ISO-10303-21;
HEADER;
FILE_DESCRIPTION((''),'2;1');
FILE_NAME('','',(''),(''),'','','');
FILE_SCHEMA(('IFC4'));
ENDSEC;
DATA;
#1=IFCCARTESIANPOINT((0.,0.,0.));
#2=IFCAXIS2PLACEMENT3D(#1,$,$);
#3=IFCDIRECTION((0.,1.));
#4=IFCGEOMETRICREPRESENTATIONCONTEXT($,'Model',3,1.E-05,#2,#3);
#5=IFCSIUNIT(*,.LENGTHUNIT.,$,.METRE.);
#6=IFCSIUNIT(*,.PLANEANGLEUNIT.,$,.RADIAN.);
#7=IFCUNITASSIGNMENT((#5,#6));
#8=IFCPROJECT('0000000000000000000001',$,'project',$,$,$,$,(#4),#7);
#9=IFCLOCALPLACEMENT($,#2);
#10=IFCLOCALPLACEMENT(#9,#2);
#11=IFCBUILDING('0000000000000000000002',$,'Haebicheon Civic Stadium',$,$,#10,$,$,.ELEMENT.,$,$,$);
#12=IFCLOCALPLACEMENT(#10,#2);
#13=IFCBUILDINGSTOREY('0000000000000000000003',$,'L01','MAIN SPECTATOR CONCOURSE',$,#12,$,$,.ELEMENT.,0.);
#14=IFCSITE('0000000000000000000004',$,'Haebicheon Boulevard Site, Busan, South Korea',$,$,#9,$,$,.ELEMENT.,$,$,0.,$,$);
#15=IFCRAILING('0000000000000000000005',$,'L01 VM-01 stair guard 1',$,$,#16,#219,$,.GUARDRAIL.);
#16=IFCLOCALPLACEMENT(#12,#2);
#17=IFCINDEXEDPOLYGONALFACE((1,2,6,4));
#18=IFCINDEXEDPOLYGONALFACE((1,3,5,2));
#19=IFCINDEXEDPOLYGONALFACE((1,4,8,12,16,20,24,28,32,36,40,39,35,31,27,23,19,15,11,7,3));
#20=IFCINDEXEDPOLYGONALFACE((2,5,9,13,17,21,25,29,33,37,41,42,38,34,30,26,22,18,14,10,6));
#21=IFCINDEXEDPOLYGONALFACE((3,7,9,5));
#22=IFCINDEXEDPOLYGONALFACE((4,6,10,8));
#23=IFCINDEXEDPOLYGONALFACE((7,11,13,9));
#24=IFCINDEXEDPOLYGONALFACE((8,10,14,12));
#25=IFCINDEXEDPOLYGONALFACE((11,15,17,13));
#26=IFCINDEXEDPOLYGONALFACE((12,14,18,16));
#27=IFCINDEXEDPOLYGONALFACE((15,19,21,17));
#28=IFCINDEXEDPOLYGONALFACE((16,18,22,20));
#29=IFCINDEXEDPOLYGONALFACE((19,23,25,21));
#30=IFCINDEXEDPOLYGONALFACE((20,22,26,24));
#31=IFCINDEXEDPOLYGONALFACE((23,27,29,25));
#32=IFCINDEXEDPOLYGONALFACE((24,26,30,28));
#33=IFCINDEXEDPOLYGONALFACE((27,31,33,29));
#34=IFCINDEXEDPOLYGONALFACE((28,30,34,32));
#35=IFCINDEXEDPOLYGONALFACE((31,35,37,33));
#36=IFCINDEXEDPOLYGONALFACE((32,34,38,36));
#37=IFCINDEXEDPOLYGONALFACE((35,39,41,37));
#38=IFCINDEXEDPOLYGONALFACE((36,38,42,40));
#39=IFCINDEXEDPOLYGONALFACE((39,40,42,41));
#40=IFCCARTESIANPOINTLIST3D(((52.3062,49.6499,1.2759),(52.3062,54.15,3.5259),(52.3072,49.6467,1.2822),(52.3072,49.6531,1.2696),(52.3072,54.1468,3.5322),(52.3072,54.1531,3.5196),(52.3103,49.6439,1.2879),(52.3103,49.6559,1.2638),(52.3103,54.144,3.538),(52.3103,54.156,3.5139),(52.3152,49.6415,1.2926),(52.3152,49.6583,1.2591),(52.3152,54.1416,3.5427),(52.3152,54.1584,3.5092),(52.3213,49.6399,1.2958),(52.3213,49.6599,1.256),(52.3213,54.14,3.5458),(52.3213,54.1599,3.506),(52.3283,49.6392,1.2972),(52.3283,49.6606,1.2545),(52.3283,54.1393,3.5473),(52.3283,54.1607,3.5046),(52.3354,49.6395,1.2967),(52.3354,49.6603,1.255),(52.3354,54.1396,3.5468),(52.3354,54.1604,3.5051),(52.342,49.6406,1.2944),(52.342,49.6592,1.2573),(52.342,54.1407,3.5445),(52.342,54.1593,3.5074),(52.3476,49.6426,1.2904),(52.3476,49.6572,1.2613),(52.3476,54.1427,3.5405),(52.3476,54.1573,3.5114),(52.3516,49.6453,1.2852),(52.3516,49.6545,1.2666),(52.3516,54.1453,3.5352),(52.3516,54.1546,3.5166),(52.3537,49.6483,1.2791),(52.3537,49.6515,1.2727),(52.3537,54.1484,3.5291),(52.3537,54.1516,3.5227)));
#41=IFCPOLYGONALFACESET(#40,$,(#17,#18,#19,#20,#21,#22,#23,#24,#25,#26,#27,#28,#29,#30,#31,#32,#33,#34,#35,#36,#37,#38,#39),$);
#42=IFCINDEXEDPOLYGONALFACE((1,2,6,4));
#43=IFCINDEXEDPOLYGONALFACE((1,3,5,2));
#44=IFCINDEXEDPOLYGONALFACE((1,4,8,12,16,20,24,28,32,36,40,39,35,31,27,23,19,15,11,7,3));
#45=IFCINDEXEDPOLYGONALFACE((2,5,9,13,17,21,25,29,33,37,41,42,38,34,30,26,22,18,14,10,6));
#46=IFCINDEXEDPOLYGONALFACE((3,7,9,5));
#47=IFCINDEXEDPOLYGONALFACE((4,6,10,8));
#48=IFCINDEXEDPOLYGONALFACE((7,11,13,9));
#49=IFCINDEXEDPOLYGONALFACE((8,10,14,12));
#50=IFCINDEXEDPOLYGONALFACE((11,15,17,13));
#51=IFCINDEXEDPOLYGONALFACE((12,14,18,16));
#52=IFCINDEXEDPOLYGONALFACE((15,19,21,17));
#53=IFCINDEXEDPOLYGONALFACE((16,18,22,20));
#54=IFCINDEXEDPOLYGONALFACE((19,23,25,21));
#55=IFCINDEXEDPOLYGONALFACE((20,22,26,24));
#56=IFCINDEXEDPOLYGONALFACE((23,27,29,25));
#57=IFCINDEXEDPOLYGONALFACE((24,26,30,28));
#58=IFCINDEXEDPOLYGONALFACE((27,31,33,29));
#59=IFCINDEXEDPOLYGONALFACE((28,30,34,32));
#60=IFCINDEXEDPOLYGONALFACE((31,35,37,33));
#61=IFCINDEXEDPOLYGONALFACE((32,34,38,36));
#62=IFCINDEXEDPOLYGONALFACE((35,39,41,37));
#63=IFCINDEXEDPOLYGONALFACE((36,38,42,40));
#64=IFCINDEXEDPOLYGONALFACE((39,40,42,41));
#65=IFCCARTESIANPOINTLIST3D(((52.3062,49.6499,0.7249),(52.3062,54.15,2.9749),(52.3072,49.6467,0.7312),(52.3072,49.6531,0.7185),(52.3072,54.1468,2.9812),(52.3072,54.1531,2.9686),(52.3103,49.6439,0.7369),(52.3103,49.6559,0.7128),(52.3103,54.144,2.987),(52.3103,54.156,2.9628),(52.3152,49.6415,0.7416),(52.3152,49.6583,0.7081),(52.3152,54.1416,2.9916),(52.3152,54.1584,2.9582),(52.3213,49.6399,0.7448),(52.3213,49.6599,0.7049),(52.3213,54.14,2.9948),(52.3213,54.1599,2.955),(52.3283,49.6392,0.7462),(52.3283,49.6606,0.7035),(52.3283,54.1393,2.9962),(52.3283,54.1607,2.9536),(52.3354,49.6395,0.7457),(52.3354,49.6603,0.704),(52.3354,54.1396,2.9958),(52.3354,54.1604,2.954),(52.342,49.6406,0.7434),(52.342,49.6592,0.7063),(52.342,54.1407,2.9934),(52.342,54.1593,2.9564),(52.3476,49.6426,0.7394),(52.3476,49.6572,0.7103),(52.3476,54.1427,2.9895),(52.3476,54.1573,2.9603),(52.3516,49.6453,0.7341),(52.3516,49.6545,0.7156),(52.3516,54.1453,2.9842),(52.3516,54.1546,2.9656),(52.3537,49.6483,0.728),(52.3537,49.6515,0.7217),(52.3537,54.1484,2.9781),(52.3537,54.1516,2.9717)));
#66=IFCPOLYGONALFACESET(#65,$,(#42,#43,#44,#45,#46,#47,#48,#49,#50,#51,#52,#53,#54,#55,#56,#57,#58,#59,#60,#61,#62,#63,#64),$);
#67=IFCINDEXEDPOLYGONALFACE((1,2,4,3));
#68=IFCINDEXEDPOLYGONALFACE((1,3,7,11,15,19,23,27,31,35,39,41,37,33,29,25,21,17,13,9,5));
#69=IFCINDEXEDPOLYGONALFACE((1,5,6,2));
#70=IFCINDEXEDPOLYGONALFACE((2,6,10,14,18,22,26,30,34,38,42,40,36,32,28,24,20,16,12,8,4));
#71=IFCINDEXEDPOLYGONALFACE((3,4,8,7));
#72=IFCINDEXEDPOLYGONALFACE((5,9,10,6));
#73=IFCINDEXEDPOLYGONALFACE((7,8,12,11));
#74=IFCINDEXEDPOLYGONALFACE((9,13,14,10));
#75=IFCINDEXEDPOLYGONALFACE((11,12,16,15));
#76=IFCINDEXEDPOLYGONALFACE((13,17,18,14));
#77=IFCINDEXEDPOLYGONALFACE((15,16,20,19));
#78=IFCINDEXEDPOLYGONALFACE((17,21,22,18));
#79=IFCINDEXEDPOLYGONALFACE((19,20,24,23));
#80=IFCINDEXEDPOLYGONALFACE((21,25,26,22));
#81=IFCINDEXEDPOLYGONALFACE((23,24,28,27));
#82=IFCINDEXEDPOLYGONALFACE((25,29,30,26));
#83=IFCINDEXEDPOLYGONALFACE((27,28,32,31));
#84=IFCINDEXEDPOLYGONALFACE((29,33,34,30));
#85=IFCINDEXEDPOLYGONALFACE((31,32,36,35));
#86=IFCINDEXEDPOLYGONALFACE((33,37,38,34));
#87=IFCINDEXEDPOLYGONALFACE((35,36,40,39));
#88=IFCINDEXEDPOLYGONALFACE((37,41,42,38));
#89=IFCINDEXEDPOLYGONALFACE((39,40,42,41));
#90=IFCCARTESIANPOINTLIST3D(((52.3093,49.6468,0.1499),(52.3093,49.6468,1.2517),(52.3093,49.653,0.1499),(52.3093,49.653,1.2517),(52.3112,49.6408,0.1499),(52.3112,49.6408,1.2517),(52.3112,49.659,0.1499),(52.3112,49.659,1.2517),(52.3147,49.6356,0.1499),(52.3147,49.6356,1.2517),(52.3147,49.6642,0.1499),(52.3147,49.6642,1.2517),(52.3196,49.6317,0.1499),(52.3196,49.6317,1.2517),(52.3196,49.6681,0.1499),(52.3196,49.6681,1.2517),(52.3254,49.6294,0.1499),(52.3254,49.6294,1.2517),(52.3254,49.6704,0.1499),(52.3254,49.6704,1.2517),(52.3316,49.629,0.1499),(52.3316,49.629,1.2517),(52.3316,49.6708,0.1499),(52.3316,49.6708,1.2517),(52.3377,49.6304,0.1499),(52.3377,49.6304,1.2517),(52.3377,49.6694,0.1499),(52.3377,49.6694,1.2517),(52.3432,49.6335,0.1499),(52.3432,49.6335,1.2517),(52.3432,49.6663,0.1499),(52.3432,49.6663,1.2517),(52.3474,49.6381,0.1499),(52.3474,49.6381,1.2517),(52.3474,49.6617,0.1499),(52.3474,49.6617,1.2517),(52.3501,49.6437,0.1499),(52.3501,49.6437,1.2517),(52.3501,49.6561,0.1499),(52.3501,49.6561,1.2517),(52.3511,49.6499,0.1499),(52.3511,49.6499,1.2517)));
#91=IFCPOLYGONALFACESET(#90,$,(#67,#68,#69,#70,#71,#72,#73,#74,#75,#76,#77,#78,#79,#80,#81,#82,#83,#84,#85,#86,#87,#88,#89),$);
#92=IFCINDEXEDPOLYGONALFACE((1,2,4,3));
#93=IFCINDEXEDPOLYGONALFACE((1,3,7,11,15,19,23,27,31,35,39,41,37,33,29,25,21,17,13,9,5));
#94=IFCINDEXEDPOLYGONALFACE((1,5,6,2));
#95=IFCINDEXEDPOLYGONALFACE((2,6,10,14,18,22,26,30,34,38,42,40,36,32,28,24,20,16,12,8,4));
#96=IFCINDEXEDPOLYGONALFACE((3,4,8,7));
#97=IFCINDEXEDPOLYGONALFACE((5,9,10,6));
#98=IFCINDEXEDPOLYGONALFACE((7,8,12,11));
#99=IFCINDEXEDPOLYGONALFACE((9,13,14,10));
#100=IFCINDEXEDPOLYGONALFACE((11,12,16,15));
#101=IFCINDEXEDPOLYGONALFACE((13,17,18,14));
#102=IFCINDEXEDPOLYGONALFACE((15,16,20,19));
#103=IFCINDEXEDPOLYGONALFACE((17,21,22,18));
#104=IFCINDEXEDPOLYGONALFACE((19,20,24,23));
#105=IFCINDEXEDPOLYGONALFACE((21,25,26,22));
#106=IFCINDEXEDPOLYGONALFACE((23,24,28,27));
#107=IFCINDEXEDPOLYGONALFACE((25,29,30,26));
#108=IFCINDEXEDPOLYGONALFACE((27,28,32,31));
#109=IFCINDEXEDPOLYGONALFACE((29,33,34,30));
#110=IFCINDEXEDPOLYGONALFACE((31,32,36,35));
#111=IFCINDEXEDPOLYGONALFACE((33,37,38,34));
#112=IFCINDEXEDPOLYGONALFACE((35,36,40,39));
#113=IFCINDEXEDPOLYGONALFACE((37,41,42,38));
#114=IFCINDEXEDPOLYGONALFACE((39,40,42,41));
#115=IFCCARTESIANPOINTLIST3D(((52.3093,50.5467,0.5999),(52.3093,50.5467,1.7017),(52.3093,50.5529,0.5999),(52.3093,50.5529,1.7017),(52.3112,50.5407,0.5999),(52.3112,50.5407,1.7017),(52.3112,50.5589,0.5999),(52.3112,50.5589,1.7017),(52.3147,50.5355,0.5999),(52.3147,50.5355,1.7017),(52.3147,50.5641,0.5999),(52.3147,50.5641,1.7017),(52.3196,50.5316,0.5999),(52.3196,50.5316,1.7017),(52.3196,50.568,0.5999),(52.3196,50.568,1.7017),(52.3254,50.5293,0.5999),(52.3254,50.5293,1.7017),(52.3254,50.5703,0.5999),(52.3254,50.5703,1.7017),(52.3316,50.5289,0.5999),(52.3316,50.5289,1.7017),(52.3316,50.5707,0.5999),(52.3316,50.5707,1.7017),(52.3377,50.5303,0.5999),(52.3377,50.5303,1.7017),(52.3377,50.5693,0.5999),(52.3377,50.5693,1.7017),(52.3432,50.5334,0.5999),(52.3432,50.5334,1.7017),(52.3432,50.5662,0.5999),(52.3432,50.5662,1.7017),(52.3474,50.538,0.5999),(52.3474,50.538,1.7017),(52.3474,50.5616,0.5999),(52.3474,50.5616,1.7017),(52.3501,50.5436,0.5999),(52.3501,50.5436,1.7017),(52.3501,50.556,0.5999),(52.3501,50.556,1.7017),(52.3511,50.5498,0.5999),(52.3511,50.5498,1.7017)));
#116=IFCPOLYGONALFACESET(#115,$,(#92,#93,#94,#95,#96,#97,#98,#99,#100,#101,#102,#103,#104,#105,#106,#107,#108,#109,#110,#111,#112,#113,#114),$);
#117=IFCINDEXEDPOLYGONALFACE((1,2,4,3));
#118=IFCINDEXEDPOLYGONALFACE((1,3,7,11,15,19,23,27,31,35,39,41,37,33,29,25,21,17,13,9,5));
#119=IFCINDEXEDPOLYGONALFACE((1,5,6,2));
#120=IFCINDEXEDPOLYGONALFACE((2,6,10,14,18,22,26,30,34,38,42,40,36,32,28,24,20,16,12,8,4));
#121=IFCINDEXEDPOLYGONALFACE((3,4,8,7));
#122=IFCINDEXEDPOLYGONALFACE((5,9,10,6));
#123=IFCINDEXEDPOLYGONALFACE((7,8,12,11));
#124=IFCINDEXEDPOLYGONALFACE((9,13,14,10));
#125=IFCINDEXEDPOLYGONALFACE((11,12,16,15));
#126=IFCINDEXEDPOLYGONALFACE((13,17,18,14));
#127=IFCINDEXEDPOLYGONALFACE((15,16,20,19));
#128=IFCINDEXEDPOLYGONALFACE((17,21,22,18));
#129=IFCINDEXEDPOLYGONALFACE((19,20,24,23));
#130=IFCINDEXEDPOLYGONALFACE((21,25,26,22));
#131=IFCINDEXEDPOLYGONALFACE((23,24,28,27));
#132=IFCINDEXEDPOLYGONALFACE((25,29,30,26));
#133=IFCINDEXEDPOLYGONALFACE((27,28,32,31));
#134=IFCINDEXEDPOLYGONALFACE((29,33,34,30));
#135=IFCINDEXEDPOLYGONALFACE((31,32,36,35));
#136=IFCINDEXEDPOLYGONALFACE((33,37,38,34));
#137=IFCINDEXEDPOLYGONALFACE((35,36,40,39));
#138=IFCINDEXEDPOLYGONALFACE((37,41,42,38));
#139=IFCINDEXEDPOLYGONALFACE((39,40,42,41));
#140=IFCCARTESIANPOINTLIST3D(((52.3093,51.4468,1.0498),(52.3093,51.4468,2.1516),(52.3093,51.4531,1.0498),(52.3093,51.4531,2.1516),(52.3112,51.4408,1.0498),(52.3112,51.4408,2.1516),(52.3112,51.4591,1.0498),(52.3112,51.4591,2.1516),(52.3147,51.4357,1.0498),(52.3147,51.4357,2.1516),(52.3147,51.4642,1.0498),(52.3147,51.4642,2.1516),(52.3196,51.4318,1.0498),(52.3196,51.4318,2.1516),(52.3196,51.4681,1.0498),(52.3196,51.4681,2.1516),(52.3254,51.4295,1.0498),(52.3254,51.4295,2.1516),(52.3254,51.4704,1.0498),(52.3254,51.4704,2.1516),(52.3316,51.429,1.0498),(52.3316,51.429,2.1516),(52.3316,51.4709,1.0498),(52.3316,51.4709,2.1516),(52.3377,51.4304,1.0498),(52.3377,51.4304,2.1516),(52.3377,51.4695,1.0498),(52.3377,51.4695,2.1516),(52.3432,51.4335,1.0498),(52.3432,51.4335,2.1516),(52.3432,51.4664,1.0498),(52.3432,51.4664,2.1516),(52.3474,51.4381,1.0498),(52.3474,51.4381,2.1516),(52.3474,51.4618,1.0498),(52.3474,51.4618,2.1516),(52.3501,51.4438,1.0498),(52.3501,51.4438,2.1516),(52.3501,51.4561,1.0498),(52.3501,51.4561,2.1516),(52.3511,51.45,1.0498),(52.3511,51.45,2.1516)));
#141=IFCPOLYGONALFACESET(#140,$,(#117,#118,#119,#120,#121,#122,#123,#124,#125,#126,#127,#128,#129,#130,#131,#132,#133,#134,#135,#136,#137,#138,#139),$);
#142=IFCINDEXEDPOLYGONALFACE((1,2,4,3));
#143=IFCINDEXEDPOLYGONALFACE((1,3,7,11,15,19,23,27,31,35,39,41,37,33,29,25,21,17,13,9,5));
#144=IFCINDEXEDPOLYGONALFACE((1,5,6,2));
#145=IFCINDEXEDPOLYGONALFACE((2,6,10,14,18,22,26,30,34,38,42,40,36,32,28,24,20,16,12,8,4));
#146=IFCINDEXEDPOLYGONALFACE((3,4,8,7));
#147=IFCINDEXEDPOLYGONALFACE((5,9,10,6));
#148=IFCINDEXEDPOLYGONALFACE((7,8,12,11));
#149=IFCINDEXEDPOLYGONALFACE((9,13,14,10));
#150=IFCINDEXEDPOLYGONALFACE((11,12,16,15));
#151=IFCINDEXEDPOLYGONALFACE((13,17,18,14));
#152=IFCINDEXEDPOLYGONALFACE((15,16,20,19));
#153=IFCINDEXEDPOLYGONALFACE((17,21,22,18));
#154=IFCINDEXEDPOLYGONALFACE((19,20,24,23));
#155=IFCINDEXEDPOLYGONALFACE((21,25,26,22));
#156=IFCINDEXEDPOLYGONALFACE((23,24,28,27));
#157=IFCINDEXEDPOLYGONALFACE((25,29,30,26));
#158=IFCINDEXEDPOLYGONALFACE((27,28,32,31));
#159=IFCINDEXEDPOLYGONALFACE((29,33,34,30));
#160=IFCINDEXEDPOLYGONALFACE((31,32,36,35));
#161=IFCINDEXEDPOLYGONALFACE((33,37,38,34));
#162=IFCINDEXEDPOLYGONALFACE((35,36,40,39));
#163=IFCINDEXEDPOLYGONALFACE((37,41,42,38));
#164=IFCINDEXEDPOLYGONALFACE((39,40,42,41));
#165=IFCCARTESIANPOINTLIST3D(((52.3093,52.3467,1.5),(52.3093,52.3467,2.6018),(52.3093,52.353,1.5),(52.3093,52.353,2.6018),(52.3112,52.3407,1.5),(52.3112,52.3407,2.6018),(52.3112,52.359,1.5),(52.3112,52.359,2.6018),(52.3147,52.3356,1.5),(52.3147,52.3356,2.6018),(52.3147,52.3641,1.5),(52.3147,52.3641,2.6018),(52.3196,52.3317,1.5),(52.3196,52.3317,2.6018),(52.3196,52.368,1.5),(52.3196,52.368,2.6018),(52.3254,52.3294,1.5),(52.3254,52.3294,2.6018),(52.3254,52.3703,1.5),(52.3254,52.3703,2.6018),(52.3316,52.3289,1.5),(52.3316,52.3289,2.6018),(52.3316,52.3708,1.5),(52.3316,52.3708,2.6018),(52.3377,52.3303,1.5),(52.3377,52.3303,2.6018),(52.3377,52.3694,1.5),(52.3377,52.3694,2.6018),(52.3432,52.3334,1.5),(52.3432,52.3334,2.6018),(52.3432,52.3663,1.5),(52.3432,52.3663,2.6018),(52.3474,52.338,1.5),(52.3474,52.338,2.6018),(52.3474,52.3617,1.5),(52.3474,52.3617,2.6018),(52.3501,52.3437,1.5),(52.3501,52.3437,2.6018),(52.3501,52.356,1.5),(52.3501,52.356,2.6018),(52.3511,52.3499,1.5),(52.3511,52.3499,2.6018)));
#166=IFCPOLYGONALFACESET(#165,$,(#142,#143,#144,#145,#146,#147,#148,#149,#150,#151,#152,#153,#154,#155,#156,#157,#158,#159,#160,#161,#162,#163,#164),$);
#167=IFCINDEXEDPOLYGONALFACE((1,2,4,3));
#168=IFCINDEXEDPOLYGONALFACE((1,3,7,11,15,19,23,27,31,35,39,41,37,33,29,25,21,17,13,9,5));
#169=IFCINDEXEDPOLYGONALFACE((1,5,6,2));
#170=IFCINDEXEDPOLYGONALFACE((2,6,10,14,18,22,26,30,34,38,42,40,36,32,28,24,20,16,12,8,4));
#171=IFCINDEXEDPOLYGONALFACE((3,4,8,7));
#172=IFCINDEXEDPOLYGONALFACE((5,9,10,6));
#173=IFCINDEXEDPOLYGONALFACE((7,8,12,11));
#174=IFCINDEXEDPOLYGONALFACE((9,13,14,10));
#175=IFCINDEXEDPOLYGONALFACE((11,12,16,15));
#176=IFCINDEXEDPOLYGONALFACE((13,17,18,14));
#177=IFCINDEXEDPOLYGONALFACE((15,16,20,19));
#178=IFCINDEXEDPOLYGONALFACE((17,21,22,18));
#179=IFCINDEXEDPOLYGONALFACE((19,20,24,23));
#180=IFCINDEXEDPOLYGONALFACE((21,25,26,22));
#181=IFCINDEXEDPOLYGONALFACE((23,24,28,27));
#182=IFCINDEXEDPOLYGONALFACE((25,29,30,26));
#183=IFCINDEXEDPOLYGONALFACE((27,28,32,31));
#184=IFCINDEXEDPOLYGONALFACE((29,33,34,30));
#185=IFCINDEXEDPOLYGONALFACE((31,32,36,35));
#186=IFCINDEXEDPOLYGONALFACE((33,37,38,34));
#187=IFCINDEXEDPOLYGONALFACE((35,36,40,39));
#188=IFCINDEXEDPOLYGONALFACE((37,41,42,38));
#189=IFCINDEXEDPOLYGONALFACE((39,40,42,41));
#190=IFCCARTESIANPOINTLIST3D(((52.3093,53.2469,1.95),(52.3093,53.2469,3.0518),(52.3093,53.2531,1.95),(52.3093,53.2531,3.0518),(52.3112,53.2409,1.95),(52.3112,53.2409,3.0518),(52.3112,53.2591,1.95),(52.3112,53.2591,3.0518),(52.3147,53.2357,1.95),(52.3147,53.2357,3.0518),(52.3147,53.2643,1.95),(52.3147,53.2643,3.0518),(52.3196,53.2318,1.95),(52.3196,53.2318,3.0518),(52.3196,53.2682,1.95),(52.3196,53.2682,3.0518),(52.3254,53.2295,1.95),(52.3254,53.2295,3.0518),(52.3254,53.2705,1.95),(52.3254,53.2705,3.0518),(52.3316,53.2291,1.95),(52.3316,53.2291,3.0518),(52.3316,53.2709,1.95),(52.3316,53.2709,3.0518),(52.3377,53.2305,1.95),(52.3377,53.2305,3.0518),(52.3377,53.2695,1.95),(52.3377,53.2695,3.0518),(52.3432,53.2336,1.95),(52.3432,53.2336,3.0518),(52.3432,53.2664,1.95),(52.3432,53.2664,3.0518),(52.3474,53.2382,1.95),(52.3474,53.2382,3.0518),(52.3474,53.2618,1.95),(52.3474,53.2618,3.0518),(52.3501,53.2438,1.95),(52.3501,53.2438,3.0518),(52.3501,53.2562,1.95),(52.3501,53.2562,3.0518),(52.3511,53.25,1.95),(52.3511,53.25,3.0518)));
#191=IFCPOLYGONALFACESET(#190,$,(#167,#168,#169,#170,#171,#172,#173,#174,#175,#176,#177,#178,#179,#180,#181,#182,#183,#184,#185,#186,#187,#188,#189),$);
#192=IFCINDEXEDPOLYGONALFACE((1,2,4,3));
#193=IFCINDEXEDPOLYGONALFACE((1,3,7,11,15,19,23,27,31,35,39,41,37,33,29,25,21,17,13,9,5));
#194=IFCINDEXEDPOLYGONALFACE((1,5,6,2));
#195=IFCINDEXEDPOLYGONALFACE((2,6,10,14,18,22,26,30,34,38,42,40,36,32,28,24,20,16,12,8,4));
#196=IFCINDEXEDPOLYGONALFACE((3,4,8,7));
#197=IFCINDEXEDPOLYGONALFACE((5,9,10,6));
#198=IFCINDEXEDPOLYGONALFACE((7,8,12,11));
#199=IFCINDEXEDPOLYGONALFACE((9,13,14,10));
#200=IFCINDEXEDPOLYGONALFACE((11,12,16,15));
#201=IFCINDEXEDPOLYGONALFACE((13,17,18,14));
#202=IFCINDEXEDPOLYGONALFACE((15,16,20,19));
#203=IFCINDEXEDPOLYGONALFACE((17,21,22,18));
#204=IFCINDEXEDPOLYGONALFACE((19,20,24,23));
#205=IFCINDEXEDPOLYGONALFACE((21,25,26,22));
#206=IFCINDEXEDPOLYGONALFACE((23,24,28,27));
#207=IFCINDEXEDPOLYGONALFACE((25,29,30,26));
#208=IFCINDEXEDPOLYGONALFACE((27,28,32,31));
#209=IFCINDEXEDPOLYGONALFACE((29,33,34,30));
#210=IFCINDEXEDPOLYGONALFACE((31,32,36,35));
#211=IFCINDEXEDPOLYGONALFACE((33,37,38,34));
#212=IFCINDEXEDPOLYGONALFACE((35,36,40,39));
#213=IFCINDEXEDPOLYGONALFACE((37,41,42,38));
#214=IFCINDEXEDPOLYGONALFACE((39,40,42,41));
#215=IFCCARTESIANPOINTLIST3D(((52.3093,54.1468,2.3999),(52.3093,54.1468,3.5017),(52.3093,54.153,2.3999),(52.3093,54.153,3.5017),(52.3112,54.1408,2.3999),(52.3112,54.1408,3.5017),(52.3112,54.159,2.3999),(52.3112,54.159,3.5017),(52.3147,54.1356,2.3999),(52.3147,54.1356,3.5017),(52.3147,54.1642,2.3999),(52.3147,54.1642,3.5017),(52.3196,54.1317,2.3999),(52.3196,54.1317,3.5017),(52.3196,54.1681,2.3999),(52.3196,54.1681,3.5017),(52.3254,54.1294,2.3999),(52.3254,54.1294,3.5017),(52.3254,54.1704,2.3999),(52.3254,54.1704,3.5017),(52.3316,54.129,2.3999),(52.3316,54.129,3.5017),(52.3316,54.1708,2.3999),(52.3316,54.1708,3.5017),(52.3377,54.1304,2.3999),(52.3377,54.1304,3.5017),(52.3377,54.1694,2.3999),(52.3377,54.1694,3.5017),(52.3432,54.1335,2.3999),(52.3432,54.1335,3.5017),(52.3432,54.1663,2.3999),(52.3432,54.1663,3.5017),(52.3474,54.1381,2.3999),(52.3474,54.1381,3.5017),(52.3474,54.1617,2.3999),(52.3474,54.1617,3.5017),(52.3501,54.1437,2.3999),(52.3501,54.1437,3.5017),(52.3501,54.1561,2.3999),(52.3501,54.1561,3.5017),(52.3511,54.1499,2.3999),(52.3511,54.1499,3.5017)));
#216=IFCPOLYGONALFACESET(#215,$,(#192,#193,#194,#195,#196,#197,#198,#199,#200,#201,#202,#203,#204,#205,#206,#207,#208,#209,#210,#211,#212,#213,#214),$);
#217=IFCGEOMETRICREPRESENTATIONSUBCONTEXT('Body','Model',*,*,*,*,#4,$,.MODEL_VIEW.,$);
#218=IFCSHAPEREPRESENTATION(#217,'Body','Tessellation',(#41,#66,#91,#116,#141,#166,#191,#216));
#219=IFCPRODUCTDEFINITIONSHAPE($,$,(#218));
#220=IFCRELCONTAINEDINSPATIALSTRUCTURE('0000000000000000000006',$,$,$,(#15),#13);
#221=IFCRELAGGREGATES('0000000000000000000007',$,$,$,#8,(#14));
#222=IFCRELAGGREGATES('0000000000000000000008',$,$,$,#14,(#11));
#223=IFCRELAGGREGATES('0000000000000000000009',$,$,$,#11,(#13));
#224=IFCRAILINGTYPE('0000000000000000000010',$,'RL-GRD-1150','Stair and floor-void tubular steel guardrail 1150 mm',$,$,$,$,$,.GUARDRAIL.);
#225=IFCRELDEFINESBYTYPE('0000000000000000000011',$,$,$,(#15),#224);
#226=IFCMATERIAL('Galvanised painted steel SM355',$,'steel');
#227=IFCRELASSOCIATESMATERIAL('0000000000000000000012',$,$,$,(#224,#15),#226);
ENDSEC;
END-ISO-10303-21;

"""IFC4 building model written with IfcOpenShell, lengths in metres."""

from ifc_helpers import new_model, si_unit, direction, frame, origin, origin_2d, place, context, subcontext, project, spatial, circle, extrude, material, type_object, element, save


model = new_model("IFC4")

# Units and contexts
model_context = context("Model", 3, precision=1e-05, world=origin(), true_north=direction((0.0, 1.0)))
body_context = subcontext(model_context, "Body", "Model", "MODEL_VIEW")
ifc_project = project(units=[si_unit("LENGTHUNIT", "METRE"), si_unit("PLANEANGLEUNIT", "RADIAN")], contexts=[model_context])

# Site, building, storey
site_placement = place(None, origin())
site = spatial("IfcSite", under=ifc_project, at=site_placement, Name="Haebicheon Boulevard Site, Busan, South Korea", CompositionType="ELEMENT", RefElevation=0.0)
building_placement = place(site_placement, origin())
building = spatial("IfcBuilding", under=site, at=building_placement, Name="Haebicheon Civic Stadium", CompositionType="ELEMENT")
storey_placement = place(building_placement, origin())
storey = spatial("IfcBuildingStorey", under=building, at=storey_placement, Name="L01", Description="MAIN SPECTATOR CONCOURSE", CompositionType="ELEMENT", Elevation=0.0)

# Railing
ifc_material_1 = material(Name="Galvanised painted steel SM355", Category="steel")
railing_type_1 = type_object("IfcRailingType", Name="RL-GRD-1150", Description="Stair and floor-void tubular steel guardrail 1150 mm", PredefinedType="GUARDRAIL", material=ifc_material_1)
railing_1_placement = place(storey_placement, frame((52.3301, 49.6499, 0.1499)))
element("IfcRailing", 1, at=railing_1_placement, inside=storey, type_object=railing_type_1, material=ifc_material_1, Name="L01 VM-01 stair guard 1", PredefinedType="GUARDRAIL", context=body_context, shape_type="SweptSolid", body=[
    extrude(circle(Radius=0.0239, at=origin_2d()), frame((0.0, 0.0, 1.126), z_axis=(0.0, 0.894427, 0.447214), x_axis=(-1.0, 0.0, 0.0)), (0.0, 0.0, 1.0), 5.0312),
    extrude(circle(Radius=0.0239, at=origin_2d()), frame((0.0, 0.0, 0.575), z_axis=(0.0, 0.894427, 0.447214), x_axis=(-1.0, 0.0, 0.0)), (0.0, 0.0, 1.0), 5.0312),
    extrude(circle(Radius=0.021, at=origin_2d()), origin(), (0.0, 0.0, 1.0), 1.1018),
    extrude(circle(Radius=0.021, at=origin_2d()), frame((0.0, 0.8999, 0.45)), (0.0, 0.0, 1.0), 1.1018),
    extrude(circle(Radius=0.021, at=origin_2d()), frame((0.0, 1.8, 0.8999)), (0.0, 0.0, 1.0), 1.1018),
    extrude(circle(Radius=0.021, at=origin_2d()), frame((0.0, 2.7, 1.3501)), (0.0, 0.0, 1.0), 1.1018),
    extrude(circle(Radius=0.021, at=origin_2d()), frame((0.0, 3.6001, 1.8)), (0.0, 0.0, 1.0), 1.1018),
    extrude(circle(Radius=0.021, at=origin_2d()), frame((0.0, 4.5, 2.25)), (0.0, 0.0, 1.0), 1.1018),
])

save(model, "model.ifc")
